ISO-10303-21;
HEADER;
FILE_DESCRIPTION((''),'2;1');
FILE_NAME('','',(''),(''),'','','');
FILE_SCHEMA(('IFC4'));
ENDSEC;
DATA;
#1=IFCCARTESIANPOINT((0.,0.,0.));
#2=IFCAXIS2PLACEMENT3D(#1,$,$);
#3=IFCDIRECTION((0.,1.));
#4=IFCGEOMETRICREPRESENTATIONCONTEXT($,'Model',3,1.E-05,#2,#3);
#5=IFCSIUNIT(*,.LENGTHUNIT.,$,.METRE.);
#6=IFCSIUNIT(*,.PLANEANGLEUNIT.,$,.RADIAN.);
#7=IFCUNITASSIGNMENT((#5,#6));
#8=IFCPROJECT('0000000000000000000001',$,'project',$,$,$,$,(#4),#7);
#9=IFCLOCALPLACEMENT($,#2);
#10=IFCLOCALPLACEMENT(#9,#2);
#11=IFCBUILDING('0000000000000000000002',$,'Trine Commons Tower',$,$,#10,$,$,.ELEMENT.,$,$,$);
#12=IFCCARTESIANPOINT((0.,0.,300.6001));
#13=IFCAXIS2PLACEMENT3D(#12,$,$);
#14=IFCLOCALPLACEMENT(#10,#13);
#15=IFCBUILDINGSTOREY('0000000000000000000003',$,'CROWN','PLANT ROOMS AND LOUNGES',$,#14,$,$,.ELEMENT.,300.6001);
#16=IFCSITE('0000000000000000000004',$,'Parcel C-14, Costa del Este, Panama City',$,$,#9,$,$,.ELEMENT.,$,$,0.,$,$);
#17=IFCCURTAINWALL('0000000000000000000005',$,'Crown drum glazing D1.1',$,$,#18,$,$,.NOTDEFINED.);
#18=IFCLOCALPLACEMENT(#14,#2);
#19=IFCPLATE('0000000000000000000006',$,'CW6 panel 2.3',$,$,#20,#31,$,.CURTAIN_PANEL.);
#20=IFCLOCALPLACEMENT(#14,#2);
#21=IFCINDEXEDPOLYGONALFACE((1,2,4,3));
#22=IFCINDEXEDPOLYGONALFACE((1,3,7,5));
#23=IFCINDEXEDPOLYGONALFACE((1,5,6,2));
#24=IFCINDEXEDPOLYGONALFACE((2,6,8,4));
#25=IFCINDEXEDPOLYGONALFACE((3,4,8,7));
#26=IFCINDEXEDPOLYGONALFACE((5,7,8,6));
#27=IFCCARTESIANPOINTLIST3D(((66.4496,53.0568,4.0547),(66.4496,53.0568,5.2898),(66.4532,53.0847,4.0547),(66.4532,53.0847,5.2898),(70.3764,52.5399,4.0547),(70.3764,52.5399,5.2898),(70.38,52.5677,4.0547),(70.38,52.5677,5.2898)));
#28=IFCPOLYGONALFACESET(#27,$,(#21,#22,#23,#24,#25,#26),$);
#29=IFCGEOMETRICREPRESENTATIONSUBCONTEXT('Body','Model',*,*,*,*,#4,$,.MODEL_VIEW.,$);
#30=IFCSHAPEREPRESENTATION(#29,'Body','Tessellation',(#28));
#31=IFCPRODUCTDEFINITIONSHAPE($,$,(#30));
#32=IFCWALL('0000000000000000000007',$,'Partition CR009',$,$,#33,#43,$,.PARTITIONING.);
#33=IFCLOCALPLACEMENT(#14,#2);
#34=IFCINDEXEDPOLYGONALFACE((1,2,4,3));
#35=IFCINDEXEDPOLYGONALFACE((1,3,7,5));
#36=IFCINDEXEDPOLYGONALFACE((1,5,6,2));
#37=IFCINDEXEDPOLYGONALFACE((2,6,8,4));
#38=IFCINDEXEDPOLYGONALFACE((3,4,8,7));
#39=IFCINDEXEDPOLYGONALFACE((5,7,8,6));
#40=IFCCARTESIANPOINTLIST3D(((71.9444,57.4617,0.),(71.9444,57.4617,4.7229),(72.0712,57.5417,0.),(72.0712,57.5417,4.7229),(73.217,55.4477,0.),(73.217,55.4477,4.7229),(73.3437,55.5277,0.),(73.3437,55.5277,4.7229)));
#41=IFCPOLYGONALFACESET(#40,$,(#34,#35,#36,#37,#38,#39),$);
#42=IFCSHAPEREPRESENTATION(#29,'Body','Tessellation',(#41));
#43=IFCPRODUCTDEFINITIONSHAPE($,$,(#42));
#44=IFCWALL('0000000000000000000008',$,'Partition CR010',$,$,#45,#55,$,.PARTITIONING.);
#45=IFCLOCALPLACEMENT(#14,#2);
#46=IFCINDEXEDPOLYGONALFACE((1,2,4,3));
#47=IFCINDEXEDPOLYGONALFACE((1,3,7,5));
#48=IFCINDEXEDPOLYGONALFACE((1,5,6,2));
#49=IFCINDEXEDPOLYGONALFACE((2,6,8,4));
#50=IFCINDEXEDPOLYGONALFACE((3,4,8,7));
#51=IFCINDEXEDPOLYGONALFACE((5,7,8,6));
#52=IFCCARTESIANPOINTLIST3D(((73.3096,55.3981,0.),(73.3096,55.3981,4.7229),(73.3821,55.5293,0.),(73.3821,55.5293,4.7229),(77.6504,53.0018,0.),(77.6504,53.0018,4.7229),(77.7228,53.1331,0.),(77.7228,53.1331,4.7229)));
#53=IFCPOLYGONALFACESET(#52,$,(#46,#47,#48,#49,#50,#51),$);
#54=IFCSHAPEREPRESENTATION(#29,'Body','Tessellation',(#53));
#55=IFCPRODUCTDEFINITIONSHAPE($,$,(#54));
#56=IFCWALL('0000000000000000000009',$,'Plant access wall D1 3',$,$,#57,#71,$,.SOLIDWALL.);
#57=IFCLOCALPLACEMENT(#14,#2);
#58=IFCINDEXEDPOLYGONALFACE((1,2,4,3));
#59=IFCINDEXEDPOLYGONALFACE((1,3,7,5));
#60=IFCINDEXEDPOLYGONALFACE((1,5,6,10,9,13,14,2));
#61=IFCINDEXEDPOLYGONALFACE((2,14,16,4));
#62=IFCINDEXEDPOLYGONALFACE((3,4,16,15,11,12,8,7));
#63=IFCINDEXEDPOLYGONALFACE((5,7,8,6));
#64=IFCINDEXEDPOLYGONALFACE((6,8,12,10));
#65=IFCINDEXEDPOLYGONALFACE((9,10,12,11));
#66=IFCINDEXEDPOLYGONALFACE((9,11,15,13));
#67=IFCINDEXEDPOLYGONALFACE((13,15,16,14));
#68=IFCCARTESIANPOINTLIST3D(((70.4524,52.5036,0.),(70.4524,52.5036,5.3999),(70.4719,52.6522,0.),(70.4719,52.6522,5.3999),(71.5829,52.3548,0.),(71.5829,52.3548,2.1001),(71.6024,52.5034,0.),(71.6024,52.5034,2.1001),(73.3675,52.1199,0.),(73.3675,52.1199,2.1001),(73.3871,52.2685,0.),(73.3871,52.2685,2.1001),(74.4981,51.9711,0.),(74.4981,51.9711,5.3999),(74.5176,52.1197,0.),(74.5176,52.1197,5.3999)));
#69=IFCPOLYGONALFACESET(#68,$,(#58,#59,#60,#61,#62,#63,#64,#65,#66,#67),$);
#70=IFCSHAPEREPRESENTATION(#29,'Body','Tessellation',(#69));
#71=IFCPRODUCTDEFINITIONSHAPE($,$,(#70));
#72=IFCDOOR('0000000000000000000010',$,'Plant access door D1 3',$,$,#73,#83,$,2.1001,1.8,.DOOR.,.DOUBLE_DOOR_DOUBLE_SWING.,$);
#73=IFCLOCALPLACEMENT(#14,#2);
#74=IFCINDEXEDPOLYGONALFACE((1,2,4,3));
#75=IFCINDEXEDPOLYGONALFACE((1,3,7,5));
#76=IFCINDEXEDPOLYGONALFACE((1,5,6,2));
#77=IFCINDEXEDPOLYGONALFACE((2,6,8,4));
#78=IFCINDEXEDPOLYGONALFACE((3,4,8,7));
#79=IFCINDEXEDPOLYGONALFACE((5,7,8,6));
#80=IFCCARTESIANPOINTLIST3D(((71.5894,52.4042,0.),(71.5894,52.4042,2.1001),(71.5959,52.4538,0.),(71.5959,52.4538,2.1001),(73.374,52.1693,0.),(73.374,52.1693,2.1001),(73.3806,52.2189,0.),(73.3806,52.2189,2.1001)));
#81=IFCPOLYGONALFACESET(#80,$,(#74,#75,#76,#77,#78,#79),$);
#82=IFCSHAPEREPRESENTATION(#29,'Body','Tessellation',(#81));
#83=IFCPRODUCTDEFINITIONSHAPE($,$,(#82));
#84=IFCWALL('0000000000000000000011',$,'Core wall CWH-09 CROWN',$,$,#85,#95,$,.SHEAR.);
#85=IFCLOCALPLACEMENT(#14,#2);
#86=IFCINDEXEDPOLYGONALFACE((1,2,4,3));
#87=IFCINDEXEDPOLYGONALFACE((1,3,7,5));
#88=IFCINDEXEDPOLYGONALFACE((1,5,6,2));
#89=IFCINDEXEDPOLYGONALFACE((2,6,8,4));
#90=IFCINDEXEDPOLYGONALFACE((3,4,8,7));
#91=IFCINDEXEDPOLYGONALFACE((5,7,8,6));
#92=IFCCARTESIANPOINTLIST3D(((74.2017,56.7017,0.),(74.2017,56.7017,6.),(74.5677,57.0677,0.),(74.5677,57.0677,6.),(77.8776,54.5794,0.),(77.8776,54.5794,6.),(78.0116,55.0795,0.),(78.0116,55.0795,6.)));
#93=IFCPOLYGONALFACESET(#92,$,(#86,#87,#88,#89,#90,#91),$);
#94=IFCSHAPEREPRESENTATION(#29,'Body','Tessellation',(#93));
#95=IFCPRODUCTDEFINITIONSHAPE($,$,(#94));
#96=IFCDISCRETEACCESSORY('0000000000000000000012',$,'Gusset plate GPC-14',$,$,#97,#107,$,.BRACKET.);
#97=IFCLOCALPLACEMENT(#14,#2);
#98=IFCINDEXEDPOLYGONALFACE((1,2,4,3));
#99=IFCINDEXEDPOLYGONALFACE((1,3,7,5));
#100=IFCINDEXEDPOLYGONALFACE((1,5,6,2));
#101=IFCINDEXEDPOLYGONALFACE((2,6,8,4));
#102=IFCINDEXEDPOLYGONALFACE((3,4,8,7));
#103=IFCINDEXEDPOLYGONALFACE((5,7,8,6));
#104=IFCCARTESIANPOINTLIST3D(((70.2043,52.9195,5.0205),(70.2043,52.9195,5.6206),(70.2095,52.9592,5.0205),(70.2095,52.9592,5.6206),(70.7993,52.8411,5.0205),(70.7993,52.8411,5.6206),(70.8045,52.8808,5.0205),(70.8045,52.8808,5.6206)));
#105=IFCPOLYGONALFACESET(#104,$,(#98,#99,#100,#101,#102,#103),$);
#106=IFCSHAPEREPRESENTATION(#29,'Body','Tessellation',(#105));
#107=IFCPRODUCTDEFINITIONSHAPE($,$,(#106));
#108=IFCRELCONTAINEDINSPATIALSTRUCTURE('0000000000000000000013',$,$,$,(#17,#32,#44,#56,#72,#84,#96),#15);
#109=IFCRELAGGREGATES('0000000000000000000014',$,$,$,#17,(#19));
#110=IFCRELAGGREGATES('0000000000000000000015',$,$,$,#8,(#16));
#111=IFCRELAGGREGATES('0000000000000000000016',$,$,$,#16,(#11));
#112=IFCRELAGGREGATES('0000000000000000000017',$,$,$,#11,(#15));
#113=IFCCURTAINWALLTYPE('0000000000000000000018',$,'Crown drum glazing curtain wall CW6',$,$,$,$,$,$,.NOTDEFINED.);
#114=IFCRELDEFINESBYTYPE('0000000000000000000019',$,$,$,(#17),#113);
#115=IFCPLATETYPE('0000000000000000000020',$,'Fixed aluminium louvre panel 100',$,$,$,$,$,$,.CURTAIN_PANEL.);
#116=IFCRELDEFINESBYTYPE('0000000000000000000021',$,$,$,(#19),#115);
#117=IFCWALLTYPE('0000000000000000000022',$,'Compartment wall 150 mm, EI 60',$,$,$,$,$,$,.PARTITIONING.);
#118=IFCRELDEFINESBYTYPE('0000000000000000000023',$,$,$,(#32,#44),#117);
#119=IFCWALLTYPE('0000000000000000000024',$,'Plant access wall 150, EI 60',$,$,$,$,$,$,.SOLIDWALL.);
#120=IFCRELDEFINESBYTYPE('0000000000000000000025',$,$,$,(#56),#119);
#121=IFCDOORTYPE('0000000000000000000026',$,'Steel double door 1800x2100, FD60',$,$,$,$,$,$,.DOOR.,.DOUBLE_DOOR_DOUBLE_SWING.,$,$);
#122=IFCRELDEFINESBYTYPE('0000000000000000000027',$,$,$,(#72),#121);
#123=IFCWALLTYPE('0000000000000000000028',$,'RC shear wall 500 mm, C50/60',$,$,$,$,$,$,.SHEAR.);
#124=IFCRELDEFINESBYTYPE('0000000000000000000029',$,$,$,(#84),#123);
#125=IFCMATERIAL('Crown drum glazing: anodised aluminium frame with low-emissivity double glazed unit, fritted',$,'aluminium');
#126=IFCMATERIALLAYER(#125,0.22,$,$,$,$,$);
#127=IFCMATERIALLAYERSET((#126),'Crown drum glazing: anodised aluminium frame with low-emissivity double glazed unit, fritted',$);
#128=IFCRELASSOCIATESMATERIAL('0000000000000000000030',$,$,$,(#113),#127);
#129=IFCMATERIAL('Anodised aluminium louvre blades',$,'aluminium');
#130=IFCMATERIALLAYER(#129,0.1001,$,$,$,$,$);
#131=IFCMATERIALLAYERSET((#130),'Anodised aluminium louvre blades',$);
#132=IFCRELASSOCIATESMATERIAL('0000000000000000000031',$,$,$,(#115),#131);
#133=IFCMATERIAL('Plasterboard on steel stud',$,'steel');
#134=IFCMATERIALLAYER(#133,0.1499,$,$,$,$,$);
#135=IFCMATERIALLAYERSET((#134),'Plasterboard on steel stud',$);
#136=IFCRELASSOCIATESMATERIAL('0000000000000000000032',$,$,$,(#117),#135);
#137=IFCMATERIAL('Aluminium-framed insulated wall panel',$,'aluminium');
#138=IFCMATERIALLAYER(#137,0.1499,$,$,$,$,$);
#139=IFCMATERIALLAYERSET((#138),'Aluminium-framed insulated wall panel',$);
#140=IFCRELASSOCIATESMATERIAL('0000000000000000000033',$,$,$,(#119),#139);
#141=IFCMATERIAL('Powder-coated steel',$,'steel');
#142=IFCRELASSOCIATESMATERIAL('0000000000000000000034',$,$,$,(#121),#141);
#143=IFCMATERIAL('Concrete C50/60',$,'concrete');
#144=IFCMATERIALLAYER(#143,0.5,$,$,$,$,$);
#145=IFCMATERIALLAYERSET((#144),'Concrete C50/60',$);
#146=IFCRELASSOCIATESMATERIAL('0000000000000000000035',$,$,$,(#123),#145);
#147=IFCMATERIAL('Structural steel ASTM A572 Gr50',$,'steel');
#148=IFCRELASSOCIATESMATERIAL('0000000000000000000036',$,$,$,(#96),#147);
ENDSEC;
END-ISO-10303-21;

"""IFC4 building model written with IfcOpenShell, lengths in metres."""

from ifc_helpers import new_model, si_unit, direction, frame, frame_2d, origin, origin_2d, place, context, subcontext, project, spatial, polyline, rectangle, outline, extrude, material, layer, layer_set, type_object, element, fill, aggregate, save


model = new_model("IFC4")

# Units and contexts
model_context = context("Model", 3, precision=1e-05, world=origin(), true_north=direction((0.0, 1.0)))
body_context = subcontext(model_context, "Body", "Model", "MODEL_VIEW")
ifc_project = project(units=[si_unit("LENGTHUNIT", "METRE"), si_unit("PLANEANGLEUNIT", "RADIAN")], contexts=[model_context])

# Site, building, storey
site_placement = place(None, origin())
site = spatial("IfcSite", under=ifc_project, at=site_placement, Name="Parcel C-14, Costa del Este, Panama City", CompositionType="ELEMENT", RefElevation=0.0)
building_placement = place(site_placement, origin())
building = spatial("IfcBuilding", under=site, at=building_placement, Name="Trine Commons Tower", CompositionType="ELEMENT")
storey_placement = place(building_placement, frame((0.0, 0.0, 300.6001)))
storey = spatial("IfcBuildingStorey", under=building, at=storey_placement, Name="CROWN", Description="PLANT ROOMS AND LOUNGES", CompositionType="ELEMENT", Elevation=300.6001)

# Curtain wall
ifc_material_1 = material(Name="Crown drum glazing: anodised aluminium frame with low-emissivity double glazed unit, fritted", Category="aluminium")
ifc_layer_1 = layer(ifc_material_1, 0.22)
ifc_layer_set_1 = layer_set([ifc_layer_1], Name="Crown drum glazing: anodised aluminium frame with low-emissivity double glazed unit, fritted")
curtain_wall_type = type_object("IfcCurtainWallType", Name="Crown drum glazing curtain wall CW6", PredefinedType="NOTDEFINED", material=ifc_layer_set_1)
curtain_wall_1_placement = place(storey_placement, origin())
curtain_wall_1 = element("IfcCurtainWall", 1, at=curtain_wall_1_placement, inside=storey, type_object=curtain_wall_type, Name="Crown drum glazing D1.1", PredefinedType="NOTDEFINED")

# Plate
ifc_material_2 = material(Name="Anodised aluminium louvre blades", Category="aluminium")
ifc_layer_2 = layer(ifc_material_2, 0.1001)
ifc_layer_set_2 = layer_set([ifc_layer_2], Name="Anodised aluminium louvre blades")
plate_type_1 = type_object("IfcPlateType", Name="Fixed aluminium louvre panel 100", PredefinedType="CURTAIN_PANEL", material=ifc_layer_set_2)
plate_1_placement = place(storey_placement, frame((68.4148, 52.8123, 4.0547), z_axis=(0.0, 0.0, 1.0), x_axis=(0.991445, -0.130526, 0.0)))
plate_1 = element("IfcPlate", 2, at=plate_1_placement, type_object=plate_type_1, Name="CW6 panel 2.3", PredefinedType="CURTAIN_PANEL", context=body_context, shape_type="SweptSolid", body=[
    extrude(rectangle(XDim=3.9607, YDim=0.0281, at=origin_2d()), origin(), (0.0, 0.0, 1.0), 1.2351),
])
aggregate(curtain_wall_1, [plate_1])

# Walls
ifc_material_3 = material(Name="Plasterboard on steel stud", Category="steel")
ifc_layer_3 = layer(ifc_material_3, 0.1499)
ifc_layer_set_3 = layer_set([ifc_layer_3], Name="Plasterboard on steel stud")
wall_type_1 = type_object("IfcWallType", Name="Compartment wall 150 mm, EI 60", PredefinedType="PARTITIONING", material=ifc_layer_set_3)
wall_1_placement = place(storey_placement, frame((72.0078, 57.5017, 0.0), z_axis=(0.0, 0.0, 1.0), x_axis=(0.534147, -0.845391, 0.0)))
element("IfcWall", 3, at=wall_1_placement, inside=storey, type_object=wall_type_1, Name="Partition CR009", PredefinedType="PARTITIONING", context=body_context, shape_type="SweptSolid", body=[
    extrude(rectangle(XDim=2.3823, YDim=0.1499, at=frame_2d((1.1912, 0.0))), origin(), (0.0, 0.0, 1.0), 4.7229),
])
wall_2_placement = place(storey_placement, frame((73.3459, 55.4636, 0.0), z_axis=(0.0, 0.0, 1.0), x_axis=(0.875466, -0.483279, 0.0)))
element("IfcWall", 4, at=wall_2_placement, inside=storey, type_object=wall_type_1, Name="Partition CR010", PredefinedType="PARTITIONING", context=body_context, shape_type="SweptSolid", body=[
    extrude(rectangle(XDim=4.9583, YDim=0.1499, at=frame_2d((2.479, 0.0))), origin(), (0.0, 0.0, 1.0), 4.7229),
])

# Wall, opening, door
ifc_material_4 = material(Name="Aluminium-framed insulated wall panel", Category="aluminium")
ifc_layer_4 = layer(ifc_material_4, 0.1499)
ifc_layer_set_4 = layer_set([ifc_layer_4], Name="Aluminium-framed insulated wall panel")
wall_type_2 = type_object("IfcWallType", Name="Plant access wall 150, EI 60", PredefinedType="SOLIDWALL", material=ifc_layer_set_4)
wall_3_placement = place(storey_placement, frame((70.4622, 52.5779, 0.0), z_axis=(0.0, 0.0, 1.0), x_axis=(0.99145, -0.13049, 0.0)))
wall_3 = element("IfcWall", 5, at=wall_3_placement, inside=storey, type_object=wall_type_2, Name="Plant access wall D1 3", PredefinedType="SOLIDWALL", context=body_context, shape_type="SweptSolid", body=[
    extrude(rectangle(XDim=4.0806, YDim=0.1499, at=frame_2d((2.0403, 0.0))), origin(), (0.0, 0.0, 1.0), 5.3999),
])
opening_placement = place(wall_3_placement, frame((1.1404, 0.0, 0.0)))
opening = element("IfcOpeningElement", 6, at=opening_placement, cuts=wall_3, PredefinedType="OPENING", context=body_context, shape_type="SweptSolid", body=[
    extrude(rectangle(XDim=1.8, YDim=2.1001, at=frame_2d((0.8999, 1.05))), frame((0.0, 0.085, 0.0), z_axis=(0.0, -1.0, 0.0), x_axis=(1.0, 0.0, 0.0)), (0.0, 0.0, 1.0), 0.1699),
])
ifc_material_5 = material(Name="Powder-coated steel", Category="steel")
door_type = type_object("IfcDoorType", Name="Steel double door 1800x2100, FD60", OperationType="DOUBLE_DOOR_DOUBLE_SWING", PredefinedType="DOOR", material=ifc_material_5)
door_placement = place(opening_placement, origin())
door = element("IfcDoor", 7, at=door_placement, inside=storey, type_object=door_type, Name="Plant access door D1 3", OperationType="DOUBLE_DOOR_DOUBLE_SWING", OverallHeight=2.1001, OverallWidth=1.8, PredefinedType="DOOR", context=body_context, shape_type="SweptSolid", body=[
    extrude(rectangle(XDim=1.8, YDim=2.1001, at=frame_2d((0.8999, 1.05))), frame((0.0, 0.0249, 0.0), z_axis=(0.0, -1.0, 0.0), x_axis=(1.0, 0.0, 0.0)), (0.0, 0.0, 1.0), 0.05),
])
fill(opening, door)

# Wall
ifc_material_6 = material(Name="Concrete C50/60", Category="concrete")
ifc_layer_5 = layer(ifc_material_6, 0.5)
ifc_layer_set_5 = layer_set([ifc_layer_5], Name="Concrete C50/60")
wall_type_3 = type_object("IfcWallType", Name="RC shear wall 500 mm, C50/60", PredefinedType="SHEAR", material=ifc_layer_set_5)
wall_4_placement = place(storey_placement, frame((74.3267, 56.9182, 0.0), z_axis=(0.0, 0.0, 1.0), x_axis=(0.866029, -0.499993, 0.0)))
element("IfcWall", 8, at=wall_4_placement, inside=storey, type_object=wall_type_3, Name="Core wall CWH-09 CROWN", PredefinedType="SHEAR", context=body_context, shape_type="SweptSolid", body=[
    extrude(outline(polyline([(0.0, -0.25), (4.2446, -0.25), (4.1106, 0.25), (0.134, 0.25), (0.0, -0.25)])), origin(), (0.0, 0.0, 1.0), 6.0),
])

# Discrete accessory
ifc_material_7 = material(Name="Structural steel ASTM A572 Gr50", Category="steel")
discrete_accessory_placement = place(storey_placement, frame((70.5044, 52.9001, 5.0205), z_axis=(0.0, 0.0, 1.0), x_axis=(-0.991446, 0.130519, 0.0)))
element("IfcDiscreteAccessory", 9, at=discrete_accessory_placement, inside=storey, material=ifc_material_7, Name="Gusset plate GPC-14", PredefinedType="BRACKET", context=body_context, shape_type="SweptSolid", body=[
    extrude(rectangle(XDim=0.6001, YDim=0.04, at=origin_2d()), origin(), (0.0, 0.0, 1.0), 0.6001),
])

save(model, "model.ifc")
